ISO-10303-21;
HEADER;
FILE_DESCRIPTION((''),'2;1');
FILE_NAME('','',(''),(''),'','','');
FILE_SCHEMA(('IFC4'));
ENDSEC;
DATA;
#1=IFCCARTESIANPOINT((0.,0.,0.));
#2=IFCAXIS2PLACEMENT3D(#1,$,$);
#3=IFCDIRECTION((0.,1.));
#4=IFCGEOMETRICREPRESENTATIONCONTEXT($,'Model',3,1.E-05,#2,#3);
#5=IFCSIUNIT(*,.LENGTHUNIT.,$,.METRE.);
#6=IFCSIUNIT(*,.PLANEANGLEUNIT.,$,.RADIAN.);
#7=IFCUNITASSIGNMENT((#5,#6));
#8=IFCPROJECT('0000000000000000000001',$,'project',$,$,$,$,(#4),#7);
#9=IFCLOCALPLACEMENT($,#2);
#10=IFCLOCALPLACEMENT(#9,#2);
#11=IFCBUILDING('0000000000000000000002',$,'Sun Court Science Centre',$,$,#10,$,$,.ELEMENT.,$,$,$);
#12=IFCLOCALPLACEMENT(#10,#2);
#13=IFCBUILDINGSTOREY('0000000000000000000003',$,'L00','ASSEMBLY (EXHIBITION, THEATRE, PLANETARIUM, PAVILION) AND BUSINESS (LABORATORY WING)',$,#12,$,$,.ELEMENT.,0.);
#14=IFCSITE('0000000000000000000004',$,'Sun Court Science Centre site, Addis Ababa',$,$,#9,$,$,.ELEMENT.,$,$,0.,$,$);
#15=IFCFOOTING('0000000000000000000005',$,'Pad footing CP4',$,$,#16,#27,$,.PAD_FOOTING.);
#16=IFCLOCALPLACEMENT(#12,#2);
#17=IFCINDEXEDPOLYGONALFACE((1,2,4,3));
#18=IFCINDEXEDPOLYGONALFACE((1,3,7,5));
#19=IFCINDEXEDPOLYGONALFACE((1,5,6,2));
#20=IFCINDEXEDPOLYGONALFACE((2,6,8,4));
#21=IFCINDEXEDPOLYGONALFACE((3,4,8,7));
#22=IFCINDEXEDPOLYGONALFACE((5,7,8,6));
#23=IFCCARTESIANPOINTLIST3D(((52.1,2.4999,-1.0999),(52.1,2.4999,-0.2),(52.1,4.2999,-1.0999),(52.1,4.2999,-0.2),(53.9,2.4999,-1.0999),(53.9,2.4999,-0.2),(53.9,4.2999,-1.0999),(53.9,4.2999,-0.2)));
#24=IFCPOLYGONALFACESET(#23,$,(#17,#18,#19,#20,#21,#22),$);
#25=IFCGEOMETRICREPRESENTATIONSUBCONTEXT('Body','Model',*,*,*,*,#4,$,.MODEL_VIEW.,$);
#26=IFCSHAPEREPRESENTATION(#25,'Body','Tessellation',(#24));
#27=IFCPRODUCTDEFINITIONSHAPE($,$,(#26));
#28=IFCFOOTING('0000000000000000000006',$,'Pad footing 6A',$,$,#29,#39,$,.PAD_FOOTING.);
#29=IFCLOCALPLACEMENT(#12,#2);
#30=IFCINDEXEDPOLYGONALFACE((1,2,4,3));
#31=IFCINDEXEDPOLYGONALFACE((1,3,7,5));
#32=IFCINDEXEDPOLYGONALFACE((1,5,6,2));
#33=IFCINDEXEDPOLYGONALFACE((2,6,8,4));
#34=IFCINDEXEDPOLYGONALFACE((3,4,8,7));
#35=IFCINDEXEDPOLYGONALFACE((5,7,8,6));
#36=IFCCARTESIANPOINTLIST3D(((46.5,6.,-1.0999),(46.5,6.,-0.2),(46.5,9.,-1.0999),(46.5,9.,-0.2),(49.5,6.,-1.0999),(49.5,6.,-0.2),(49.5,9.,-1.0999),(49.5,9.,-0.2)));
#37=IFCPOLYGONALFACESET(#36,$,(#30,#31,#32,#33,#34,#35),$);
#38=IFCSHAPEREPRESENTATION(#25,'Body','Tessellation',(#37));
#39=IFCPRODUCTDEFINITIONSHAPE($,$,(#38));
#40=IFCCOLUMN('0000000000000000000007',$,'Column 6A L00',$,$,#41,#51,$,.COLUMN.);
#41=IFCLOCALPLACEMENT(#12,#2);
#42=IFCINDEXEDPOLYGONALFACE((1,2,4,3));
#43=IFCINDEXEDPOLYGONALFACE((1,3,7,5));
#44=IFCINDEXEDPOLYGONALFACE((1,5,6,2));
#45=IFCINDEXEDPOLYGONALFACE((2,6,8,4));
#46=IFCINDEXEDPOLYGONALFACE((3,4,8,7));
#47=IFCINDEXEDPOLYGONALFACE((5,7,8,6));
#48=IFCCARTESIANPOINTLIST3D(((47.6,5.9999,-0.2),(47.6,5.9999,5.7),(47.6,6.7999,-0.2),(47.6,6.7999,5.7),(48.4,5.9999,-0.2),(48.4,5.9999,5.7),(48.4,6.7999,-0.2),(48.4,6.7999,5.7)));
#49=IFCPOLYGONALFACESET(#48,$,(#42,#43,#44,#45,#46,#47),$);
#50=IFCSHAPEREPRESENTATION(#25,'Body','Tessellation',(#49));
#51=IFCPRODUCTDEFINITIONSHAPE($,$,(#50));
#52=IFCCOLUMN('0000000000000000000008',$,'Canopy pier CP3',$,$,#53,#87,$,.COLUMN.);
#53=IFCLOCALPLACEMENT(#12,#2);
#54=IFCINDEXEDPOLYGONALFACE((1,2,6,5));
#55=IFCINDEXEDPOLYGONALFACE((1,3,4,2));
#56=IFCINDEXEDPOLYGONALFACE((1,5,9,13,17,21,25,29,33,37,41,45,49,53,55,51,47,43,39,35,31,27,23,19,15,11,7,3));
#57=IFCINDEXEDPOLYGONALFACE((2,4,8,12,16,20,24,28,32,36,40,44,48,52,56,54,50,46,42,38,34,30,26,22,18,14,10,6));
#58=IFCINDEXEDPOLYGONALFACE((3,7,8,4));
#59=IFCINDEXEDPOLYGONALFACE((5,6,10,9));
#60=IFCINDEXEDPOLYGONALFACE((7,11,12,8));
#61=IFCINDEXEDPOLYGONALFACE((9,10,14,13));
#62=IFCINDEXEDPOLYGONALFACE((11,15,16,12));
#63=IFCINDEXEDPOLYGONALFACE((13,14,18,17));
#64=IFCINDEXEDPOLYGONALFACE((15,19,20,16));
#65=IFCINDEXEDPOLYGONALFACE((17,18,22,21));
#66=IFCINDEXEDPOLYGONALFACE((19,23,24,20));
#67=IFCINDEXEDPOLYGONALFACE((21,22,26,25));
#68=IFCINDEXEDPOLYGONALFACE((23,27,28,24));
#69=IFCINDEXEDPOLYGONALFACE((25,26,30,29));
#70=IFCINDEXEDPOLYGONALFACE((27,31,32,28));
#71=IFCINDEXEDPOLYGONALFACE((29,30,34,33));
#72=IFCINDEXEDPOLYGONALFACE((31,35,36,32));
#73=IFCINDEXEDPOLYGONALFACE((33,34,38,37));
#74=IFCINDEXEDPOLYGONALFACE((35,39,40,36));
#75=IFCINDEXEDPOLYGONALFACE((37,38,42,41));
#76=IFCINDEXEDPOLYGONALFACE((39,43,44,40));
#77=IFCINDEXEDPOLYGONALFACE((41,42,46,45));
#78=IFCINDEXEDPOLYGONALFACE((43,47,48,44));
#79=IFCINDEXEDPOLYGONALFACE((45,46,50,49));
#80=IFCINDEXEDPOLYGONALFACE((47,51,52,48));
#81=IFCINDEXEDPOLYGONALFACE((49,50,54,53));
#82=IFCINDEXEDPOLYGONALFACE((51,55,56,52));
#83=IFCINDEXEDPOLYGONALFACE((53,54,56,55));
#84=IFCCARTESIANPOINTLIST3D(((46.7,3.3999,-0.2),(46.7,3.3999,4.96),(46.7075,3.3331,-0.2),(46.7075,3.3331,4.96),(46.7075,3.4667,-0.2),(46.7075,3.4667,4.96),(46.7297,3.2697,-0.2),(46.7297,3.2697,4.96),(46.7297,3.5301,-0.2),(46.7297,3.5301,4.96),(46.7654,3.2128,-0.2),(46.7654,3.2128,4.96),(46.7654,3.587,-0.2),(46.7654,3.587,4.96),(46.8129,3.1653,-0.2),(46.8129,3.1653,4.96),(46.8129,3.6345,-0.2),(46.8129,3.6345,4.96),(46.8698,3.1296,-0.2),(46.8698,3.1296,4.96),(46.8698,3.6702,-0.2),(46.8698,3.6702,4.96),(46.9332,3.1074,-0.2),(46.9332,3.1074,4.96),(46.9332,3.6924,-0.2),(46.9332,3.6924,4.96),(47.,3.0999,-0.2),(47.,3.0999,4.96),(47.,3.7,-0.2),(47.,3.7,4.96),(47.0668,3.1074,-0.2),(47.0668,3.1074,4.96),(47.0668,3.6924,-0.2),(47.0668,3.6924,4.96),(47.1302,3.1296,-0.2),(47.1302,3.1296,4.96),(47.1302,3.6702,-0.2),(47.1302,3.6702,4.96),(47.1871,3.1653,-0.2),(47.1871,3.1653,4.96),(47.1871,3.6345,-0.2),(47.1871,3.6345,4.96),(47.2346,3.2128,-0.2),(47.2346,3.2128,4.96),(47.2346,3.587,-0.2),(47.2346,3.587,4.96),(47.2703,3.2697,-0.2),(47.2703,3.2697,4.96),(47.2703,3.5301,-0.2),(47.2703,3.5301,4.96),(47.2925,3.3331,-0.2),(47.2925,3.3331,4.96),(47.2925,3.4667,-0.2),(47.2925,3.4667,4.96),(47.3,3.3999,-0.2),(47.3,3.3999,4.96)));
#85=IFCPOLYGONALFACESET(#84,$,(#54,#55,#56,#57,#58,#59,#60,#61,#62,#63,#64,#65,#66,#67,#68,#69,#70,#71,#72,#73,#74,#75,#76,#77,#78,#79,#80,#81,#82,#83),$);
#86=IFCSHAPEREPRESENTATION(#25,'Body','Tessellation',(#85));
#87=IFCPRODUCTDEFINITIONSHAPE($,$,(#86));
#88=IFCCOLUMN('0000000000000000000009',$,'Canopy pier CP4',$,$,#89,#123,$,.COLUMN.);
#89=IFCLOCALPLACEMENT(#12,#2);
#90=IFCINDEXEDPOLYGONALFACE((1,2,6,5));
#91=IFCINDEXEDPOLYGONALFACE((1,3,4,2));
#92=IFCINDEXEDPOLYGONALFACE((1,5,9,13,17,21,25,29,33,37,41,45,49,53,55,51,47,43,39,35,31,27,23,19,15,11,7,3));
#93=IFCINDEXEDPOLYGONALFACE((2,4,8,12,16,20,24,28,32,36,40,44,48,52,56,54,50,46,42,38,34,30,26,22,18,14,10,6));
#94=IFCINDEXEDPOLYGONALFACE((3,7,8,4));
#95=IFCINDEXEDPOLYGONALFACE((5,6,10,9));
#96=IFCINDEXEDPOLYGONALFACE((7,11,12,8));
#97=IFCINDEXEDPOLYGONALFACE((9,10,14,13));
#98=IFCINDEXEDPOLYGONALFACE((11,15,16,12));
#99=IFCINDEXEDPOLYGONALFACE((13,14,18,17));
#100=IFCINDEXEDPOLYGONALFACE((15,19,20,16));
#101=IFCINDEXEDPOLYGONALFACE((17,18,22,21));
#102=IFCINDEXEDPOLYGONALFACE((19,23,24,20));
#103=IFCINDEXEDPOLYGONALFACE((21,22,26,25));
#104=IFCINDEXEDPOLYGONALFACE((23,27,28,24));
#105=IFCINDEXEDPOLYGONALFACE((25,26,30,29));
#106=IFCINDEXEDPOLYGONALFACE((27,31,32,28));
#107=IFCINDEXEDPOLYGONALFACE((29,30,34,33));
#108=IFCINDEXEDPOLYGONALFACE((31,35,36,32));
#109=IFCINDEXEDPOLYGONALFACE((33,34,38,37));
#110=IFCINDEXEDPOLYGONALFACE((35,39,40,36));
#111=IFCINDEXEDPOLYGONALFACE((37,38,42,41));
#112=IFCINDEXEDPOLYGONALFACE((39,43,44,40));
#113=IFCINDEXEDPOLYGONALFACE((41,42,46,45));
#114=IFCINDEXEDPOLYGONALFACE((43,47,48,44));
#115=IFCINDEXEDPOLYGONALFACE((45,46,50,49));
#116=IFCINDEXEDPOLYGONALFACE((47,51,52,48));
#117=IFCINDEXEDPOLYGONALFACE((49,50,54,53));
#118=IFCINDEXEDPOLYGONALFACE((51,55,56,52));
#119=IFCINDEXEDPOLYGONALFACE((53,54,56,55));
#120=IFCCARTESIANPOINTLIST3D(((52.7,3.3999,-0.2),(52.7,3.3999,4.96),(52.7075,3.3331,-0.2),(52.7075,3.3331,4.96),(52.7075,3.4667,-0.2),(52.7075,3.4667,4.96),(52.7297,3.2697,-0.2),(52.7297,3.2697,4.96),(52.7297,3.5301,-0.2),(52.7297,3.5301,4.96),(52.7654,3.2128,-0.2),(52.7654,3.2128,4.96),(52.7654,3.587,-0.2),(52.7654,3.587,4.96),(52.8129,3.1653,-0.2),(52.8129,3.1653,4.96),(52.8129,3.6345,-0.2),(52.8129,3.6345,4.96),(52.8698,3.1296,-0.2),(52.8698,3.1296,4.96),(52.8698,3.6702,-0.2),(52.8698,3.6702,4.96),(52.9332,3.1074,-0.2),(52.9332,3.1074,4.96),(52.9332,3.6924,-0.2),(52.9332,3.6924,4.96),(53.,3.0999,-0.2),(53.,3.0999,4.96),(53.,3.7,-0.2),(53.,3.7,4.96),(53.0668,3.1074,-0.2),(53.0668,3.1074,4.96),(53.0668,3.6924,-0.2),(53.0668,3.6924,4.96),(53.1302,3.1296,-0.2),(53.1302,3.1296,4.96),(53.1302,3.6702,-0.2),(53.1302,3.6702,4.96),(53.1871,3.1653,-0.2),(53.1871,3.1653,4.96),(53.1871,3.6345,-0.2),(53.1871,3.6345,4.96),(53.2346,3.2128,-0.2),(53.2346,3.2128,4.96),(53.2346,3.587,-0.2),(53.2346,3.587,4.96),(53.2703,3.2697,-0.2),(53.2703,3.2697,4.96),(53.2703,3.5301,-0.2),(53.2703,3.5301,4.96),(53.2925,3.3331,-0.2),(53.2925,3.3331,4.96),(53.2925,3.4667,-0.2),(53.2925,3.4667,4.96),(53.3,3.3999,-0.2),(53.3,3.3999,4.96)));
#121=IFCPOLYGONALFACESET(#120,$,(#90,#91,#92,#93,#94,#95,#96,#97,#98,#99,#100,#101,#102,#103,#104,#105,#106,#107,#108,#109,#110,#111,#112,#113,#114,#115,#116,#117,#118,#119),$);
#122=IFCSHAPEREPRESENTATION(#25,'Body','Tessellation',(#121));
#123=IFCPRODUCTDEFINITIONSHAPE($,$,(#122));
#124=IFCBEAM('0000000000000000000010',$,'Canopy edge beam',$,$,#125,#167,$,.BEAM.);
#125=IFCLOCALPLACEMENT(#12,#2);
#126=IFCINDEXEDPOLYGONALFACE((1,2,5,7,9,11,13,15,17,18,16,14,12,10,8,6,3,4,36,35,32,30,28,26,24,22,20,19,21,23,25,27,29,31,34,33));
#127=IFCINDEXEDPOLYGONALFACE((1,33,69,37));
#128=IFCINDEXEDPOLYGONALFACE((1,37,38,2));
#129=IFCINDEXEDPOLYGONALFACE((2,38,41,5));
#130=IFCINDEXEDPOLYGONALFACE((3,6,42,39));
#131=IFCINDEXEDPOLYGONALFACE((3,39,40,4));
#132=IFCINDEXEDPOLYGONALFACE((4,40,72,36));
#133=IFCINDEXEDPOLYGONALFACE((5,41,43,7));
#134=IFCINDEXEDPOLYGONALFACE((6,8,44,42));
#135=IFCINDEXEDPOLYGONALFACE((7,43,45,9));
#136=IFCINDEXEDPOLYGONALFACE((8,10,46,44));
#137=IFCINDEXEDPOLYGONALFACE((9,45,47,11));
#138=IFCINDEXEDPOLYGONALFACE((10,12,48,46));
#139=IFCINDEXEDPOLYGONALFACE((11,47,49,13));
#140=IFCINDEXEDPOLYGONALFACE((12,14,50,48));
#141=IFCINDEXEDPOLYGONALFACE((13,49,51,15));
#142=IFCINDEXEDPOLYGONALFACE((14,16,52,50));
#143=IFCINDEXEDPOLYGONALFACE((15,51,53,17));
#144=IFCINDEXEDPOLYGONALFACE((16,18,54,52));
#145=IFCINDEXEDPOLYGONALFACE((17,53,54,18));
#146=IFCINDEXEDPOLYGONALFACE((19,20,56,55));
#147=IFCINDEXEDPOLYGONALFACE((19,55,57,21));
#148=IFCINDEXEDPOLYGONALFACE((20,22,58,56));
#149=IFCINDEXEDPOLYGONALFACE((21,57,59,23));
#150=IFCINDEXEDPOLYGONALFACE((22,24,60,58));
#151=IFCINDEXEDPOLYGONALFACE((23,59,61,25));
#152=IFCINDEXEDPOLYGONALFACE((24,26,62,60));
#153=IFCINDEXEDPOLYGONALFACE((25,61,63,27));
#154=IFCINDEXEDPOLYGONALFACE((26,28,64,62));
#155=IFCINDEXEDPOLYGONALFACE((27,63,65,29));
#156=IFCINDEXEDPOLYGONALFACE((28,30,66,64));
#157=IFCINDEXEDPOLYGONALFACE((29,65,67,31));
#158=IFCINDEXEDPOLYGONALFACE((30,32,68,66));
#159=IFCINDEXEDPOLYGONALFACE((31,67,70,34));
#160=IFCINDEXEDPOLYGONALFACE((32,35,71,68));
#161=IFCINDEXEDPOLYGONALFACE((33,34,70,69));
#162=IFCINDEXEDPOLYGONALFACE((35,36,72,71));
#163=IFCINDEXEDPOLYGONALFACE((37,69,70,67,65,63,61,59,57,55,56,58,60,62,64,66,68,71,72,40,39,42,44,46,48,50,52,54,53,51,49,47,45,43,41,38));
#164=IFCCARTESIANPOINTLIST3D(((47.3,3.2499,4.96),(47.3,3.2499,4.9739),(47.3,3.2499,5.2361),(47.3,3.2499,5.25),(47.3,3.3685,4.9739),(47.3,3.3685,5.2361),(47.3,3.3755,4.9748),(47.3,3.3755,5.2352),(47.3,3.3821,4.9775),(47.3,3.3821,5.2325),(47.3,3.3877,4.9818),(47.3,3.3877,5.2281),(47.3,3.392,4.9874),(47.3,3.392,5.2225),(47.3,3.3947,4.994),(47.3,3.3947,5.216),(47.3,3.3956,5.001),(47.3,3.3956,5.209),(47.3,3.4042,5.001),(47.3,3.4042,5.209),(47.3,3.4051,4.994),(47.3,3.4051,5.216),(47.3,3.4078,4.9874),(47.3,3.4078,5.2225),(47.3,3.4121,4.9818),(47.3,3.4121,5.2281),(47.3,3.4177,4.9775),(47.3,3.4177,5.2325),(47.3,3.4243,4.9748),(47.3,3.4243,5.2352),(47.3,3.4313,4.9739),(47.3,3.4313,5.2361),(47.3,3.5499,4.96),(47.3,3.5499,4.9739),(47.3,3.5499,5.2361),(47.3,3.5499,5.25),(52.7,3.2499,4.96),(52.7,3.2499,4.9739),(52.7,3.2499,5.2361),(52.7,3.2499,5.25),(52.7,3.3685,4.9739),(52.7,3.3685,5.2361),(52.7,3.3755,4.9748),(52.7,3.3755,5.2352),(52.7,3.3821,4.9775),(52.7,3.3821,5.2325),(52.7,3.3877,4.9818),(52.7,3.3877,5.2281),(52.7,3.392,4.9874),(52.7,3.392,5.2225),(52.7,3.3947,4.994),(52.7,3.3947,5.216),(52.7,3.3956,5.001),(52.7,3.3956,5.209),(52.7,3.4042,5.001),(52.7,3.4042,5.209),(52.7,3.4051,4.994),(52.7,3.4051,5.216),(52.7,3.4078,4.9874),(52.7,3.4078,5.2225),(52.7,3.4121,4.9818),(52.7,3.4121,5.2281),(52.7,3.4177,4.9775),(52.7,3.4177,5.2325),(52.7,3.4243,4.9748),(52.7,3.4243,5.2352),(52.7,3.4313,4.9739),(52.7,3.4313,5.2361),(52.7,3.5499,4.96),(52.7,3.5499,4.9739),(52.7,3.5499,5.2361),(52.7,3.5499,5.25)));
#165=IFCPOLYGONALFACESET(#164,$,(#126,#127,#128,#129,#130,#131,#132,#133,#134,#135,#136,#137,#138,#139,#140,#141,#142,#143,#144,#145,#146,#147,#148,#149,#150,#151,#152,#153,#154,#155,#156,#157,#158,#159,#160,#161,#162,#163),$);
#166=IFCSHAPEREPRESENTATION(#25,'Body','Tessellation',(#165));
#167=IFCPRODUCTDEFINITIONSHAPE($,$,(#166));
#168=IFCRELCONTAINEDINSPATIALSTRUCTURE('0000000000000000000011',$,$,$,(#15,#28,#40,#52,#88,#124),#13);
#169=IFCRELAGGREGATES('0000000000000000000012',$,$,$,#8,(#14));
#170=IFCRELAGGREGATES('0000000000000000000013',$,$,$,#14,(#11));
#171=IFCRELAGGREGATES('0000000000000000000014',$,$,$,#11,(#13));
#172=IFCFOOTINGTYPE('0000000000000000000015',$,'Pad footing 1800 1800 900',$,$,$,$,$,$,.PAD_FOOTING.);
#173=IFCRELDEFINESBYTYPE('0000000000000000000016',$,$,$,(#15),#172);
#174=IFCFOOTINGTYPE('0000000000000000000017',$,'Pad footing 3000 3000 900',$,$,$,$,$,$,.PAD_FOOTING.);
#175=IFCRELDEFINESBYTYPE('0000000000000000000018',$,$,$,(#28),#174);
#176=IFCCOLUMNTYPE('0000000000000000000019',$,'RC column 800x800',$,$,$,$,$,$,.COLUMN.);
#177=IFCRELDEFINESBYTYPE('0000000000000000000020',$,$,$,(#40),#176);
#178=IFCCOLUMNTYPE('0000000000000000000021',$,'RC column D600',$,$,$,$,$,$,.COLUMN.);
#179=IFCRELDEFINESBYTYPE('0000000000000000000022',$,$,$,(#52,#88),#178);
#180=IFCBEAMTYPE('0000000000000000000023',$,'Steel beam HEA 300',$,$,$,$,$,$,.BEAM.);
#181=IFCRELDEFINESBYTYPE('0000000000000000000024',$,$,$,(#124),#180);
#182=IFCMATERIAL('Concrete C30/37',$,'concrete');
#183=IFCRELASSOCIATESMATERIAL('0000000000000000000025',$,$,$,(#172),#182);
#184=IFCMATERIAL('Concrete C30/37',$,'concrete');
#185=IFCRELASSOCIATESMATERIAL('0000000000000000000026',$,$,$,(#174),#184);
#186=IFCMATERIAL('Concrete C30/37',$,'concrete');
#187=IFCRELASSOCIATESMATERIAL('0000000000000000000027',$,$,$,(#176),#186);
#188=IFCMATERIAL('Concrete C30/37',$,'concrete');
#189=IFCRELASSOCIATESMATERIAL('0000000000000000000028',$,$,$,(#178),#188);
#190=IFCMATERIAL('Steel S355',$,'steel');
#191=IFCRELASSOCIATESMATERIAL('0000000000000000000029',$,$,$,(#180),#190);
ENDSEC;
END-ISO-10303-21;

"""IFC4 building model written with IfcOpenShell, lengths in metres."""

from ifc_helpers import new_model, si_unit, direction, frame, origin, origin_2d, place, context, subcontext, project, spatial, rectangle, circle, i_section, extrude, material, material_profile, profile_set, type_object, element, save


model = new_model("IFC4")

# Units and contexts
model_context = context("Model", 3, precision=1e-05, world=origin(), true_north=direction((0.0, 1.0)))
body_context = subcontext(model_context, "Body", "Model", "MODEL_VIEW")
ifc_project = project(units=[si_unit("LENGTHUNIT", "METRE"), si_unit("PLANEANGLEUNIT", "RADIAN")], contexts=[model_context])

# Site, building, storey
site_placement = place(None, origin())
site = spatial("IfcSite", under=ifc_project, at=site_placement, Name="Sun Court Science Centre site, Addis Ababa", CompositionType="ELEMENT", RefElevation=0.0)
building_placement = place(site_placement, origin())
building = spatial("IfcBuilding", under=site, at=building_placement, Name="Sun Court Science Centre", CompositionType="ELEMENT")
storey_placement = place(building_placement, origin())
storey = spatial("IfcBuildingStorey", under=building, at=storey_placement, Name="L00", Description="ASSEMBLY (EXHIBITION, THEATRE, PLANETARIUM, PAVILION) AND BUSINESS (LABORATORY WING)", CompositionType="ELEMENT", Elevation=0.0)

# Footings
ifc_material_1 = material(Name="Concrete C30/37", Category="concrete")
footing_type_1 = type_object("IfcFootingType", Name="Pad footing 1800 1800 900", PredefinedType="PAD_FOOTING", material=ifc_material_1)
footing_1_placement = place(storey_placement, frame((53.0, 3.3999, -1.0999), z_axis=(0.0, 0.0, 1.0), x_axis=(1.0, 0.0, 0.0)))
element("IfcFooting", 1, at=footing_1_placement, inside=storey, type_object=footing_type_1, Name="Pad footing CP4", PredefinedType="PAD_FOOTING", context=body_context, shape_type="SweptSolid", body=[
    extrude(rectangle(XDim=1.8, YDim=1.8, at=origin_2d()), origin(), (0.0, 0.0, 1.0), 0.8999),
])
ifc_material_2 = material(Name="Concrete C30/37", Category="concrete")
footing_type_2 = type_object("IfcFootingType", Name="Pad footing 3000 3000 900", PredefinedType="PAD_FOOTING", material=ifc_material_2)
footing_2_placement = place(storey_placement, frame((48.0, 7.5, -1.0999), z_axis=(0.0, 0.0, 1.0), x_axis=(1.0, 0.0, 0.0)))
element("IfcFooting", 2, at=footing_2_placement, inside=storey, type_object=footing_type_2, Name="Pad footing 6A", PredefinedType="PAD_FOOTING", context=body_context, shape_type="SweptSolid", body=[
    extrude(rectangle(XDim=3.0, YDim=3.0, at=origin_2d()), origin(), (0.0, 0.0, 1.0), 0.8999),
])

# Columns
ifc_material_3 = material(Name="Concrete C30/37", Category="concrete")
ifc_material_profile_1 = material_profile(ifc_material_3, rectangle(XDim=0.8, YDim=0.8, at=origin_2d()), Name="RC 800x800")
ifc_profile_set_1 = profile_set([ifc_material_profile_1], Name="Concrete C30/37")
column_type_1 = type_object("IfcColumnType", Name="RC column 800x800", PredefinedType="COLUMN", material=ifc_profile_set_1)
column_placement = place(storey_placement, frame((48.0, 6.3999, -0.2), z_axis=(0.0, 0.0, 1.0), x_axis=(1.0, 0.0, 0.0)))
element("IfcColumn", 3, at=column_placement, inside=storey, type_object=column_type_1, Name="Column 6A L00", PredefinedType="COLUMN", context=body_context, shape_type="SweptSolid", body=[
    extrude(rectangle(XDim=0.8, YDim=0.8, at=origin_2d()), origin(), (0.0, 0.0, 1.0), 5.8999),
])
ifc_material_4 = material(Name="Concrete C30/37", Category="concrete")
ifc_material_profile_2 = material_profile(ifc_material_4, circle(Radius=0.3, at=origin_2d()), Name="RC D600")
ifc_profile_set_2 = profile_set([ifc_material_profile_2], Name="Concrete C30/37")
column_type_2 = type_object("IfcColumnType", Name="RC column D600", PredefinedType="COLUMN", material=ifc_profile_set_2)
for number, where, z_axis, x_axis, name in (
    (4, (47.0, 3.3999, -0.2), (0.0, 0.0, 1.0), (1.0, 0.0, 0.0), "Canopy pier CP3"),
    (5, (53.0, 3.3999, -0.2), (0.0, 0.0, 1.0), (1.0, 0.0, 0.0), "Canopy pier CP4"),
):
    element("IfcColumn", number, at=place(storey_placement, frame(where, z_axis=z_axis, x_axis=x_axis)), inside=storey, type_object=column_type_2, Name=name, PredefinedType="COLUMN", context=body_context, shape_type="SweptSolid", body=[
        extrude(circle(Radius=0.3, at=origin_2d()), origin(), (0.0, 0.0, 1.0), 5.1599),
    ])

# Beam
ifc_material_5 = material(Name="Steel S355", Category="steel")
ifc_material_profile_3 = material_profile(ifc_material_5, i_section(OverallWidth=0.3, OverallDepth=0.29, WebThickness=0.0085, FlangeThickness=0.0139, FilletRadius=0.0271, at=origin_2d()), Name="HEA 300")
ifc_profile_set_3 = profile_set([ifc_material_profile_3], Name="Steel S355")
beam_type_1 = type_object("IfcBeamType", Name="Steel beam HEA 300", PredefinedType="BEAM", material=ifc_profile_set_3)
beam_placement = place(storey_placement, frame((47.3, 3.3999, 5.105), z_axis=(1.0, 0.0, 0.0), x_axis=(0.0, 1.0, 0.0)))
element("IfcBeam", 6, at=beam_placement, inside=storey, type_object=beam_type_1, Name="Canopy edge beam", PredefinedType="BEAM", context=body_context, shape_type="SweptSolid", body=[
    extrude(i_section(OverallWidth=0.3, OverallDepth=0.29, WebThickness=0.0085, FlangeThickness=0.0139, FilletRadius=0.0271, at=origin_2d()), origin(), (0.0, 0.0, 1.0), 5.3999),
])

save(model, "model.ifc")
